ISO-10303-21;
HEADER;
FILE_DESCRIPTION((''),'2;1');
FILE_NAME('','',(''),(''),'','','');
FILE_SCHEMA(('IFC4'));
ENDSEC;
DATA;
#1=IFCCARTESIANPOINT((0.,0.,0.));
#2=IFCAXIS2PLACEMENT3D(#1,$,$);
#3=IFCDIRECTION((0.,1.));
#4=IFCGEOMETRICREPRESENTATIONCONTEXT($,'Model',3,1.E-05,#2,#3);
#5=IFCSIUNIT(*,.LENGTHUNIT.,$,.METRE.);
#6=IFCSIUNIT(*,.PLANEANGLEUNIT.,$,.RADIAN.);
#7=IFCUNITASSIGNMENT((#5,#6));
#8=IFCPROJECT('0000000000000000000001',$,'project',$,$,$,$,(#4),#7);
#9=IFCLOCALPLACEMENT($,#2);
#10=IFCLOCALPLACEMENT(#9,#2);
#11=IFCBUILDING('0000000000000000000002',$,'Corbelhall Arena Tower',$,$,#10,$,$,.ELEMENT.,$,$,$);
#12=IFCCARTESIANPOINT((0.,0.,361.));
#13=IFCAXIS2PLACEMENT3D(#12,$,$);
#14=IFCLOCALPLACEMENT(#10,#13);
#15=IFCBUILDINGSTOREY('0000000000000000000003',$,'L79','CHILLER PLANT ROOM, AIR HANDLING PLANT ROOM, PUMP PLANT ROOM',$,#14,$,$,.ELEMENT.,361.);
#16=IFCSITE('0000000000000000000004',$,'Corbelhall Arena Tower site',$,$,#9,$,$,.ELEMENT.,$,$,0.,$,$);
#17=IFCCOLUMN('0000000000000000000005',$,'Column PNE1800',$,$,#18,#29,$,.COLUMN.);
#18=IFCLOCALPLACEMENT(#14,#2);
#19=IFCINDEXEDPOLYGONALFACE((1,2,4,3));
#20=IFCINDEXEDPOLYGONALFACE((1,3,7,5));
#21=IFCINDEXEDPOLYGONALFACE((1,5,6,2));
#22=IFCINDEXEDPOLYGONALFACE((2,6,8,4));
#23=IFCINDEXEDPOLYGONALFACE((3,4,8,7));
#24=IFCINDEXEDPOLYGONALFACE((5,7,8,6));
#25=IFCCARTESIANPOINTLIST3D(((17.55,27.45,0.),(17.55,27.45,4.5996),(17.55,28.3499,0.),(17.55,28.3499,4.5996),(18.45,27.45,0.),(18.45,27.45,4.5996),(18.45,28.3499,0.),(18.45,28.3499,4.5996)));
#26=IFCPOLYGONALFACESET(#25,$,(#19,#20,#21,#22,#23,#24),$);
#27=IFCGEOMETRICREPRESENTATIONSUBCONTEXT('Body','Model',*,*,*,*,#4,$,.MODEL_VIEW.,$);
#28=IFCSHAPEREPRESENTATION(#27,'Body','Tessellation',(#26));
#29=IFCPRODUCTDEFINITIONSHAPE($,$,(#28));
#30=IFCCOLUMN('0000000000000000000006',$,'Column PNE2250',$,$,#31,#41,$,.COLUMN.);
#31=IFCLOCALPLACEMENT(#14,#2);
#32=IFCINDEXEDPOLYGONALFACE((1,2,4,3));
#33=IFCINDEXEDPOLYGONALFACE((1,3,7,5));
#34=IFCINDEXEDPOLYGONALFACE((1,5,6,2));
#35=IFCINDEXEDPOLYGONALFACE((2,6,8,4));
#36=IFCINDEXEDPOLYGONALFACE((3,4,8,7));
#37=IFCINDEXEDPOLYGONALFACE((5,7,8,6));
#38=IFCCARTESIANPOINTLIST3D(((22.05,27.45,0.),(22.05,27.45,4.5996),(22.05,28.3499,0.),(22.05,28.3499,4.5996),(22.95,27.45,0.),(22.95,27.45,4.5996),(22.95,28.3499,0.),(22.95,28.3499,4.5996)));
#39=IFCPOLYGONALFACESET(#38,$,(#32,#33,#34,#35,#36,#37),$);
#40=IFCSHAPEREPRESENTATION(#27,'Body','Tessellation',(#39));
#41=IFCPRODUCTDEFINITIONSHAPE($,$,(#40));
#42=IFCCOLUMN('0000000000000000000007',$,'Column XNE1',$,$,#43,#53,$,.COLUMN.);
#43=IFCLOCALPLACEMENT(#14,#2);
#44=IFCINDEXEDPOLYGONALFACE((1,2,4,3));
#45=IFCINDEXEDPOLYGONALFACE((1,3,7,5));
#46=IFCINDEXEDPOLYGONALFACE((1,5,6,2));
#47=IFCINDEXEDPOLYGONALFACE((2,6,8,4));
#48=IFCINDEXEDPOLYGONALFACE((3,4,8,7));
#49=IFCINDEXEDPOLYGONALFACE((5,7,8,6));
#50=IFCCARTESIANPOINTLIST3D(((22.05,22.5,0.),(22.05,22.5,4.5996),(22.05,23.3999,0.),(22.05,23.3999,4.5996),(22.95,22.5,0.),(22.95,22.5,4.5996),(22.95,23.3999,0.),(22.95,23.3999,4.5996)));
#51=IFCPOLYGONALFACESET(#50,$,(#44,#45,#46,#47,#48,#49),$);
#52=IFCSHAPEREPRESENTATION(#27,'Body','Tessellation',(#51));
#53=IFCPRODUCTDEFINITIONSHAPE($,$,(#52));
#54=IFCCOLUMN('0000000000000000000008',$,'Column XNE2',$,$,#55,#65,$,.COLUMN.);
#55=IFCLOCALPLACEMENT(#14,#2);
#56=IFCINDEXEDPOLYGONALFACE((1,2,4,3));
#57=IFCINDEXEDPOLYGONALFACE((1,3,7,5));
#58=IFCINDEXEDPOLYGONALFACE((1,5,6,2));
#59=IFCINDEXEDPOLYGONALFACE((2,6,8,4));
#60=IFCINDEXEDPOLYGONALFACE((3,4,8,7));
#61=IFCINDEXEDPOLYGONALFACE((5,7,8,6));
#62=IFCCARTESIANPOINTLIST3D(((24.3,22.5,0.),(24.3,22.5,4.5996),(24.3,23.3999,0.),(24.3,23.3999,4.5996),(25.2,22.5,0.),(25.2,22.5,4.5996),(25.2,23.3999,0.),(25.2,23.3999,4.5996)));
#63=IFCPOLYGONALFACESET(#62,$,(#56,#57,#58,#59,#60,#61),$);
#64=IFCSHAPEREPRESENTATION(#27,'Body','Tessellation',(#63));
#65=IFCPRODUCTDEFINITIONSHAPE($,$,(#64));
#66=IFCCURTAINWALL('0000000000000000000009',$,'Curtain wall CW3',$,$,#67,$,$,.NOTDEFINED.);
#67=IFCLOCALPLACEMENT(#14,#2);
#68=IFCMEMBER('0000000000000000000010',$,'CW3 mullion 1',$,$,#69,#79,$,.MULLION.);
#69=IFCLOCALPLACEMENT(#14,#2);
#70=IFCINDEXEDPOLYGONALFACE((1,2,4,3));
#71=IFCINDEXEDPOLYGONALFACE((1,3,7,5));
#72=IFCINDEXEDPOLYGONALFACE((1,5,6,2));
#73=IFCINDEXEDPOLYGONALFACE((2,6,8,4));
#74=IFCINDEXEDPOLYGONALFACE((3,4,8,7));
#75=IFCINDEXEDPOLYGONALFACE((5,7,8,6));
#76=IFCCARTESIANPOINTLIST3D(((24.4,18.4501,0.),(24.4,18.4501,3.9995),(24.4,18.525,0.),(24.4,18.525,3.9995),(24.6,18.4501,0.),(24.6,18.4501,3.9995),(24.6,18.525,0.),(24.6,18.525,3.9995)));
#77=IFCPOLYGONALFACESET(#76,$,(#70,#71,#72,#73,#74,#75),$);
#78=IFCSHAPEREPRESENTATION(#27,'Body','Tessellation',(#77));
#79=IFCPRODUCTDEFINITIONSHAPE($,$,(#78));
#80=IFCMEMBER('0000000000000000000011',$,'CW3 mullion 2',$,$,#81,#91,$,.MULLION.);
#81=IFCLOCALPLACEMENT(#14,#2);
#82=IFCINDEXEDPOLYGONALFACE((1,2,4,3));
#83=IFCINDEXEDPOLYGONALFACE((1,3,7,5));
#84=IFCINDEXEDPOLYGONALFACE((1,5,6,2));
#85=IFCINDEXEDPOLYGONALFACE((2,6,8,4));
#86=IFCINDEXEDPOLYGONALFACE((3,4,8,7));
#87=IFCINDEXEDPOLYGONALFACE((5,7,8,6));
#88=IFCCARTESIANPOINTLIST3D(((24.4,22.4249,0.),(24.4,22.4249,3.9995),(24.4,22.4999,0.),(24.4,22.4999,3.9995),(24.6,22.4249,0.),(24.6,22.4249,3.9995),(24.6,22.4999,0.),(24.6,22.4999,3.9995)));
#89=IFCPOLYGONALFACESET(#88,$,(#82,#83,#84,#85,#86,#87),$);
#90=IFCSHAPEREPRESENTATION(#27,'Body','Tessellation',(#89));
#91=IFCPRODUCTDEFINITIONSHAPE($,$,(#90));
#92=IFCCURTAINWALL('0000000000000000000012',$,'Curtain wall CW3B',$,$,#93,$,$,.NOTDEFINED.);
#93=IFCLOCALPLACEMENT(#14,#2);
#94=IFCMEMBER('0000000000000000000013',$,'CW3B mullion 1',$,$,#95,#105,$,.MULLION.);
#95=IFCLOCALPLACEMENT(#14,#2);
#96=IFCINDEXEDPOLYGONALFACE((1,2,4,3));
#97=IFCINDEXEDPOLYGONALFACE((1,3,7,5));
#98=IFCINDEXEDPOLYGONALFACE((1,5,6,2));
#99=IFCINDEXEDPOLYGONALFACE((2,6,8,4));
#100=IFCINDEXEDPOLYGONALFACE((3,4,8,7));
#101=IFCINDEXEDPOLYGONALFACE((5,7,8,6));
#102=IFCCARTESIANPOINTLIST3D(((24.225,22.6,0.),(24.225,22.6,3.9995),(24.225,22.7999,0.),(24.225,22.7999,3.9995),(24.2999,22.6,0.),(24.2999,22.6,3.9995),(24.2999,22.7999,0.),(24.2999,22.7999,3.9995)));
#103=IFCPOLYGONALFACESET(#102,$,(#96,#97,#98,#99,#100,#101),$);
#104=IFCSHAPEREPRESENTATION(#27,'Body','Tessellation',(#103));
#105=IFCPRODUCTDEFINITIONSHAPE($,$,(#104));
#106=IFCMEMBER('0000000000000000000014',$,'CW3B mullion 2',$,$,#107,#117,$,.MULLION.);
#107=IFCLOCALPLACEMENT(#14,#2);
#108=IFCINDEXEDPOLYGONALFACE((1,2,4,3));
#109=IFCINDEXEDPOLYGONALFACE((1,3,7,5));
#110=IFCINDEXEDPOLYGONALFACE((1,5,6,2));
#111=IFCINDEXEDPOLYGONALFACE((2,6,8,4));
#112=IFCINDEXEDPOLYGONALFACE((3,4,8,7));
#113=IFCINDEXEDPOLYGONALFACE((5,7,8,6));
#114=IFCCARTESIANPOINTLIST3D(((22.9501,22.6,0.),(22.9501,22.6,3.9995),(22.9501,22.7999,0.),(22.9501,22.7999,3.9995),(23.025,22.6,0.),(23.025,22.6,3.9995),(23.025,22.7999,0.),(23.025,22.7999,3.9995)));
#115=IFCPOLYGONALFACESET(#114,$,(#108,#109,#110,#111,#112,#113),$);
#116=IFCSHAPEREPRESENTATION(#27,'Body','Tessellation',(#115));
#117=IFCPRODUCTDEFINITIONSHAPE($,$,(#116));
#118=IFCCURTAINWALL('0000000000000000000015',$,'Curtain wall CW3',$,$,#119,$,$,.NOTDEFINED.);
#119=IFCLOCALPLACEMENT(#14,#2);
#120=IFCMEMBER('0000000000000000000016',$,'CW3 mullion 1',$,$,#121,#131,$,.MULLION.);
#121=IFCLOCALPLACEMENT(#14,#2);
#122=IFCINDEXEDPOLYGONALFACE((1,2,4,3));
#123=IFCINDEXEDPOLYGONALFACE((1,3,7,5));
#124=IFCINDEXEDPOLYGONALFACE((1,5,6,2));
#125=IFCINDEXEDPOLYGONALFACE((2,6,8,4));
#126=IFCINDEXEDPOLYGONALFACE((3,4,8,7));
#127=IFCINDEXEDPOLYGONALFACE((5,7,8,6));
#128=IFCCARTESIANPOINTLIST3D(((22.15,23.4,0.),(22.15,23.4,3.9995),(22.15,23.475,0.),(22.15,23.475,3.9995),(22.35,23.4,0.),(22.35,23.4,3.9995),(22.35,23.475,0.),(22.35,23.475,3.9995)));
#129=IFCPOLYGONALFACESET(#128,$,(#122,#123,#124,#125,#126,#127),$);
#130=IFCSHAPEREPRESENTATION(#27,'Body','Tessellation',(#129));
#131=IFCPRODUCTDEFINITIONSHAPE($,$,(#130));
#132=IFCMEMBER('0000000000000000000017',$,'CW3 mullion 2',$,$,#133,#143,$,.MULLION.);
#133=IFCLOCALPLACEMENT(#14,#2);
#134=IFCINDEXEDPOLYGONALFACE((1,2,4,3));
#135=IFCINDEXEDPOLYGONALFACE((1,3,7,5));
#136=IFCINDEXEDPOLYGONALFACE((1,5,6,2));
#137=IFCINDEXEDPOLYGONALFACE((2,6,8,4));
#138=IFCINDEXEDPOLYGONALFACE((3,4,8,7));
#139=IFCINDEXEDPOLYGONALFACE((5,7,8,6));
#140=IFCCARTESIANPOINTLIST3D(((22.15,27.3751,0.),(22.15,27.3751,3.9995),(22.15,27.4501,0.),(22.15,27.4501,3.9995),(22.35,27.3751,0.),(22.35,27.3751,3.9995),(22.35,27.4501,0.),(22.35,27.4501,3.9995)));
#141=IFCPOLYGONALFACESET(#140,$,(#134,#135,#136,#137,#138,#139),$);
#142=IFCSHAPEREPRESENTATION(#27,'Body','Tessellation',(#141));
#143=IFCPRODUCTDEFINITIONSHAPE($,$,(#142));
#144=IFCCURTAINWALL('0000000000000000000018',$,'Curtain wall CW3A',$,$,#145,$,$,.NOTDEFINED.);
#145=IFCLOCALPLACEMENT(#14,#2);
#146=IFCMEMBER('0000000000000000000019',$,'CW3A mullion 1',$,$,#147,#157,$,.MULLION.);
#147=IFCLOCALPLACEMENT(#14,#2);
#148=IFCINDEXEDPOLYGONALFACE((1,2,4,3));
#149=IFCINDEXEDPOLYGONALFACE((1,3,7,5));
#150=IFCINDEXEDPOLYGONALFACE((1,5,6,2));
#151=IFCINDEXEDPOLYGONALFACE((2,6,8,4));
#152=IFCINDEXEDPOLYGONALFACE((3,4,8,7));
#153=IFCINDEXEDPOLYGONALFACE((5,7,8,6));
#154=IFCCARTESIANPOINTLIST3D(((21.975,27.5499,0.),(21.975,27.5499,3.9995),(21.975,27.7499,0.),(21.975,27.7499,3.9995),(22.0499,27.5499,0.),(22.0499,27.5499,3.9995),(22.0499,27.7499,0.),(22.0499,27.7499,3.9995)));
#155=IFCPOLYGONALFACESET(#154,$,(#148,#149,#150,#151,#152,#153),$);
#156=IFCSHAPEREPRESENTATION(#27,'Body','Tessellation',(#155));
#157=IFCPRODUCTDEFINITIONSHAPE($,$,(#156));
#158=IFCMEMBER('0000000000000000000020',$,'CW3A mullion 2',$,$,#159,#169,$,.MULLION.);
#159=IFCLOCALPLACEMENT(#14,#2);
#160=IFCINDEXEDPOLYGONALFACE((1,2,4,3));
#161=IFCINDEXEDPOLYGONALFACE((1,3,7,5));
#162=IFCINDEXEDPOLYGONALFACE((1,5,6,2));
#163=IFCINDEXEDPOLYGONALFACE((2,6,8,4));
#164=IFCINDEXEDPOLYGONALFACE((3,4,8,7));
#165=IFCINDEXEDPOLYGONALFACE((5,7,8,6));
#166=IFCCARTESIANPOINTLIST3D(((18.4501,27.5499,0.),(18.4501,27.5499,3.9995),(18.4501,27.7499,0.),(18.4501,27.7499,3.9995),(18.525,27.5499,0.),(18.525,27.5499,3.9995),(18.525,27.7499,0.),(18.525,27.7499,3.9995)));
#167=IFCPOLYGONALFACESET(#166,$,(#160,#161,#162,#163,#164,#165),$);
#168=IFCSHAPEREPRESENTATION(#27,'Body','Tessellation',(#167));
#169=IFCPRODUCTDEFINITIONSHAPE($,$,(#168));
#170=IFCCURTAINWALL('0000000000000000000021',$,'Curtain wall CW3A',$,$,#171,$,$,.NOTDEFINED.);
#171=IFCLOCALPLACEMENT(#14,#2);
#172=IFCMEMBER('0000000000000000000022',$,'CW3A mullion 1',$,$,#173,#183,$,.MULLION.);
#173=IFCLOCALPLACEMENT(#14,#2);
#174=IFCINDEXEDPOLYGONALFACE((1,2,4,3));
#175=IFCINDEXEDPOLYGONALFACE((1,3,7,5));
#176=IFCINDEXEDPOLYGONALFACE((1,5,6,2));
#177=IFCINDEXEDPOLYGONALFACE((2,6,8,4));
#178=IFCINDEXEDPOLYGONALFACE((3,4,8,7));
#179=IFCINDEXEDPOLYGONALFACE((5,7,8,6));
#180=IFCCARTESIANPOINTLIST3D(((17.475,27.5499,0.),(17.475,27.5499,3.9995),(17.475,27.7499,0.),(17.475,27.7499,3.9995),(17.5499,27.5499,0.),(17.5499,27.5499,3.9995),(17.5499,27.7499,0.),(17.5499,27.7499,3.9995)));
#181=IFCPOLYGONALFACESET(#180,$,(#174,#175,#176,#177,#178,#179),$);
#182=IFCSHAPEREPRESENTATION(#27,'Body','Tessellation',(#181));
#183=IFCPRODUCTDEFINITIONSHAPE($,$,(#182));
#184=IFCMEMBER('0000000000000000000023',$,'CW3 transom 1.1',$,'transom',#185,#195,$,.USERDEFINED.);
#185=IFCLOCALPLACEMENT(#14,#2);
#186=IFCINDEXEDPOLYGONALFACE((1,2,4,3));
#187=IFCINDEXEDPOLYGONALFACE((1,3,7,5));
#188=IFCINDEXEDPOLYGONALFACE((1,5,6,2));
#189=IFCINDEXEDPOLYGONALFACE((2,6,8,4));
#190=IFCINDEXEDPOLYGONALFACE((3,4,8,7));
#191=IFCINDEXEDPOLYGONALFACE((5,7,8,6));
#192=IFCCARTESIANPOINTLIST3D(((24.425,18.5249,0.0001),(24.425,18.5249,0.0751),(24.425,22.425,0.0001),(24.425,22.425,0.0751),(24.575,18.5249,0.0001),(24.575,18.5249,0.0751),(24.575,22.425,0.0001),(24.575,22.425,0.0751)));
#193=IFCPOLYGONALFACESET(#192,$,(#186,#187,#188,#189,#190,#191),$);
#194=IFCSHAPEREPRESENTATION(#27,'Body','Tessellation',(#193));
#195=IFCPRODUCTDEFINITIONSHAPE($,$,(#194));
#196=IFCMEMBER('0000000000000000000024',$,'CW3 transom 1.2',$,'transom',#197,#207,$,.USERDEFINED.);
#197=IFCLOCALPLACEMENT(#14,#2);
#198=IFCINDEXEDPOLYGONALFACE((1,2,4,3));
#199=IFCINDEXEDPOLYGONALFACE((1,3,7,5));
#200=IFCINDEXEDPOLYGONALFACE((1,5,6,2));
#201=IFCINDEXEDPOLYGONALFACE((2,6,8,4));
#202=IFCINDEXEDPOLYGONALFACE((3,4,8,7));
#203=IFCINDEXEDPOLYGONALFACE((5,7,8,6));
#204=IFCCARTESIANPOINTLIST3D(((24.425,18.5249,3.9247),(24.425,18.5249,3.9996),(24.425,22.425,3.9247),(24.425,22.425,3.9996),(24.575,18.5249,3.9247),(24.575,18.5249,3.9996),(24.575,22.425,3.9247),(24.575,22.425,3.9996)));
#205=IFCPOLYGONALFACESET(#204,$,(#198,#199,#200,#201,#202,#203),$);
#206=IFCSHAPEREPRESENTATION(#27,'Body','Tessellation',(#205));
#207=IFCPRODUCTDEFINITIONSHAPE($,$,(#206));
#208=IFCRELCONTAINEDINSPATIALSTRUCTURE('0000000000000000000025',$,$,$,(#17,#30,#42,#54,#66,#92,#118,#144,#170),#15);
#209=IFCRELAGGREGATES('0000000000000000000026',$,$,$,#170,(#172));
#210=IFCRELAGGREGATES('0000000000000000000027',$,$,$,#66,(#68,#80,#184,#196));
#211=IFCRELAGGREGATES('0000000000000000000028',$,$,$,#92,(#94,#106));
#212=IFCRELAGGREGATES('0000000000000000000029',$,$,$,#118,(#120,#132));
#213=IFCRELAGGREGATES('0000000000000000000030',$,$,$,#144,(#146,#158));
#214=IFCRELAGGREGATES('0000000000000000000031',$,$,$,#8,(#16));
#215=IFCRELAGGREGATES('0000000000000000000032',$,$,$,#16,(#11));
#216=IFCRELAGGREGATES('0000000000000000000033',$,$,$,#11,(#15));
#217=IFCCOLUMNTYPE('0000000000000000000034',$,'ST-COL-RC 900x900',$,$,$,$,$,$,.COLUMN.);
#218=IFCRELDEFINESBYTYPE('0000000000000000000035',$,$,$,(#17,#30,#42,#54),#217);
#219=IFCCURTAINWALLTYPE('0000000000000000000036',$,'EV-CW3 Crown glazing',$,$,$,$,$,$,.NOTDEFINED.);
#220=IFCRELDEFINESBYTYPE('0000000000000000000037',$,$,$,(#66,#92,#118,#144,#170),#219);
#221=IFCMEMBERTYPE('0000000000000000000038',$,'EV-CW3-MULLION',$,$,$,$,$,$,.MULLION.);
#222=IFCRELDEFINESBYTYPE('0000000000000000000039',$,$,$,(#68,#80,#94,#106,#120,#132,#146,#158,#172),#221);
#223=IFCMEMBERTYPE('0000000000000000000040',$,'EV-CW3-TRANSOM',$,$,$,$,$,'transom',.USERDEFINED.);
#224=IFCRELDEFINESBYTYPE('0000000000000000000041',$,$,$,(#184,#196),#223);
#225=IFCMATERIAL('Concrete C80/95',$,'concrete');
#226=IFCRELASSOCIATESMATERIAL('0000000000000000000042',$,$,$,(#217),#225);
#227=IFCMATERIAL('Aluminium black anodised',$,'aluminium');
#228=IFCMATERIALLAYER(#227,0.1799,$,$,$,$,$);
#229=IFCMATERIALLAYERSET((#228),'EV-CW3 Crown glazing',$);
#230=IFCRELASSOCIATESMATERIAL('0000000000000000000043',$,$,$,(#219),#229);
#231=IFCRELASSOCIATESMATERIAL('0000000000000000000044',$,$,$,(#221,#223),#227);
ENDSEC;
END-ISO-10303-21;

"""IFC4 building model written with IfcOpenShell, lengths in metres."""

from ifc_helpers import new_model, si_unit, direction, frame, origin, origin_2d, place, context, subcontext, project, spatial, rectangle, extrude, material, layer, layer_set, material_profile, profile_set, type_object, element, aggregate, save


model = new_model("IFC4")

# Units and contexts
model_context = context("Model", 3, precision=1e-05, world=origin(), true_north=direction((0.0, 1.0)))
body_context = subcontext(model_context, "Body", "Model", "MODEL_VIEW")
ifc_project = project(units=[si_unit("LENGTHUNIT", "METRE"), si_unit("PLANEANGLEUNIT", "RADIAN")], contexts=[model_context])

# Site, building, storey
site_placement = place(None, origin())
site = spatial("IfcSite", under=ifc_project, at=site_placement, Name="Corbelhall Arena Tower site", CompositionType="ELEMENT", RefElevation=0.0)
building_placement = place(site_placement, origin())
building = spatial("IfcBuilding", under=site, at=building_placement, Name="Corbelhall Arena Tower", CompositionType="ELEMENT")
storey_placement = place(building_placement, frame((0.0, 0.0, 361.0)))
storey = spatial("IfcBuildingStorey", under=building, at=storey_placement, Name="L79", Description="CHILLER PLANT ROOM, AIR HANDLING PLANT ROOM, PUMP PLANT ROOM", CompositionType="ELEMENT", Elevation=361.0)

# Columns
ifc_material_1 = material(Name="Concrete C80/95", Category="concrete")
ifc_material_profile_1 = material_profile(ifc_material_1, rectangle(XDim=0.8999, YDim=0.8999, at=origin_2d()))
ifc_profile_set_1 = profile_set([ifc_material_profile_1], Name="Concrete C80/95")
column_type = type_object("IfcColumnType", Name="ST-COL-RC 900x900", PredefinedType="COLUMN", material=ifc_profile_set_1)
for number, where, z_axis, x_axis, name in (
    (1, (18.0, 27.8999, 0.0), (0.0, 0.0, 1.0), (1.0, 0.0, 0.0), "Column PNE1800"),
    (2, (22.5, 27.8999, 0.0), (0.0, 0.0, 1.0), (1.0, 0.0, 0.0), "Column PNE2250"),
    (3, (22.5, 22.95, 0.0), (0.0, 0.0, 1.0), (1.0, 0.0, 0.0), "Column XNE1"),
    (4, (24.75, 22.95, 0.0), (0.0, 0.0, 1.0), (1.0, 0.0, 0.0), "Column XNE2"),
):
    element("IfcColumn", number, at=place(storey_placement, frame(where, z_axis=z_axis, x_axis=x_axis)), inside=storey, type_object=column_type, Name=name, PredefinedType="COLUMN", context=body_context, shape_type="SweptSolid", body=[
        extrude(rectangle(XDim=0.8999, YDim=0.8999, at=origin_2d()), origin(), (0.0, 0.0, 1.0), 4.5996),
    ])

# Curtain walls, members
ifc_material_2 = material(Name="Aluminium black anodised", Category="aluminium")
ifc_layer_1 = layer(ifc_material_2, 0.1799)
ifc_layer_set_1 = layer_set([ifc_layer_1], Name="EV-CW3 Crown glazing")
curtain_wall_type = type_object("IfcCurtainWallType", Name="EV-CW3 Crown glazing", PredefinedType="NOTDEFINED", material=ifc_layer_set_1)
curtain_wall_1_placement = place(storey_placement, origin())
curtain_wall_1 = element("IfcCurtainWall", 5, at=curtain_wall_1_placement, inside=storey, type_object=curtain_wall_type, Name="Curtain wall CW3", PredefinedType="NOTDEFINED")
ifc_material_profile_2 = material_profile(ifc_material_2, rectangle(XDim=0.2, YDim=0.075, at=origin_2d()))
ifc_profile_set_2 = profile_set([ifc_material_profile_2], Name="Aluminium black anodised")
member_type_1 = type_object("IfcMemberType", Name="EV-CW3-MULLION", PredefinedType="MULLION", material=ifc_profile_set_2)
member_1_placement = place(storey_placement, frame((24.5, 18.4875, 0.0), z_axis=(0.0, 0.0, 1.0), x_axis=(-1.0, 0.0, 0.0)))
member_1 = element("IfcMember", 6, at=member_1_placement, type_object=member_type_1, Name="CW3 mullion 1", PredefinedType="MULLION", context=body_context, shape_type="SweptSolid", body=[
    extrude(rectangle(XDim=0.2, YDim=0.075, at=origin_2d()), origin(), (0.0, 0.0, 1.0), 3.9995),
])
member_2_placement = place(storey_placement, frame((24.5, 22.4624, 0.0), z_axis=(0.0, 0.0, 1.0), x_axis=(-1.0, 0.0, 0.0)))
member_2 = element("IfcMember", 7, at=member_2_placement, type_object=member_type_1, Name="CW3 mullion 2", PredefinedType="MULLION", context=body_context, shape_type="SweptSolid", body=[
    extrude(rectangle(XDim=0.2, YDim=0.075, at=origin_2d()), origin(), (0.0, 0.0, 1.0), 3.9995),
])
curtain_wall_2_placement = place(storey_placement, origin())
curtain_wall_2 = element("IfcCurtainWall", 8, at=curtain_wall_2_placement, inside=storey, type_object=curtain_wall_type, Name="Curtain wall CW3B", PredefinedType="NOTDEFINED")
member_3_placement = place(storey_placement, frame((24.2625, 22.7, 0.0), z_axis=(0.0, 0.0, 1.0), x_axis=(0.0, -1.0, 0.0)))
member_3 = element("IfcMember", 9, at=member_3_placement, type_object=member_type_1, Name="CW3B mullion 1", PredefinedType="MULLION", context=body_context, shape_type="SweptSolid", body=[
    extrude(rectangle(XDim=0.2, YDim=0.075, at=origin_2d()), origin(), (0.0, 0.0, 1.0), 3.9995),
])
member_4_placement = place(storey_placement, frame((22.9875, 22.7, 0.0), z_axis=(0.0, 0.0, 1.0), x_axis=(0.0, -1.0, 0.0)))
member_4 = element("IfcMember", 10, at=member_4_placement, type_object=member_type_1, Name="CW3B mullion 2", PredefinedType="MULLION", context=body_context, shape_type="SweptSolid", body=[
    extrude(rectangle(XDim=0.2, YDim=0.075, at=origin_2d()), origin(), (0.0, 0.0, 1.0), 3.9995),
])
curtain_wall_3_placement = place(storey_placement, origin())
curtain_wall_3 = element("IfcCurtainWall", 11, at=curtain_wall_3_placement, inside=storey, type_object=curtain_wall_type, Name="Curtain wall CW3", PredefinedType="NOTDEFINED")
member_5_placement = place(storey_placement, frame((22.25, 23.4375, 0.0), z_axis=(0.0, 0.0, 1.0), x_axis=(-1.0, 0.0, 0.0)))
member_5 = element("IfcMember", 12, at=member_5_placement, type_object=member_type_1, Name="CW3 mullion 1", PredefinedType="MULLION", context=body_context, shape_type="SweptSolid", body=[
    extrude(rectangle(XDim=0.2, YDim=0.075, at=origin_2d()), origin(), (0.0, 0.0, 1.0), 3.9995),
])
member_6_placement = place(storey_placement, frame((22.25, 27.4126, 0.0), z_axis=(0.0, 0.0, 1.0), x_axis=(-1.0, 0.0, 0.0)))
member_6 = element("IfcMember", 13, at=member_6_placement, type_object=member_type_1, Name="CW3 mullion 2", PredefinedType="MULLION", context=body_context, shape_type="SweptSolid", body=[
    extrude(rectangle(XDim=0.2, YDim=0.075, at=origin_2d()), origin(), (0.0, 0.0, 1.0), 3.9995),
])
curtain_wall_4_placement = place(storey_placement, origin())
curtain_wall_4 = element("IfcCurtainWall", 14, at=curtain_wall_4_placement, inside=storey, type_object=curtain_wall_type, Name="Curtain wall CW3A", PredefinedType="NOTDEFINED")
member_7_placement = place(storey_placement, frame((22.0125, 27.6499, 0.0), z_axis=(0.0, 0.0, 1.0), x_axis=(0.0, -1.0, 0.0)))
member_7 = element("IfcMember", 15, at=member_7_placement, type_object=member_type_1, Name="CW3A mullion 1", PredefinedType="MULLION", context=body_context, shape_type="SweptSolid", body=[
    extrude(rectangle(XDim=0.2, YDim=0.075, at=origin_2d()), origin(), (0.0, 0.0, 1.0), 3.9995),
])
member_8_placement = place(storey_placement, frame((18.4875, 27.6499, 0.0), z_axis=(0.0, 0.0, 1.0), x_axis=(0.0, -1.0, 0.0)))
member_8 = element("IfcMember", 16, at=member_8_placement, type_object=member_type_1, Name="CW3A mullion 2", PredefinedType="MULLION", context=body_context, shape_type="SweptSolid", body=[
    extrude(rectangle(XDim=0.2, YDim=0.075, at=origin_2d()), origin(), (0.0, 0.0, 1.0), 3.9995),
])

# Curtain wall, member
curtain_wall_5_placement = place(storey_placement, origin())
curtain_wall_5 = element("IfcCurtainWall", 17, at=curtain_wall_5_placement, inside=storey, type_object=curtain_wall_type, Name="Curtain wall CW3A", PredefinedType="NOTDEFINED")
member_9_placement = place(storey_placement, frame((17.5125, 27.6499, 0.0), z_axis=(0.0, 0.0, 1.0), x_axis=(0.0, -1.0, 0.0)))
member_9 = element("IfcMember", 18, at=member_9_placement, type_object=member_type_1, Name="CW3A mullion 1", PredefinedType="MULLION", context=body_context, shape_type="SweptSolid", body=[
    extrude(rectangle(XDim=0.2, YDim=0.075, at=origin_2d()), origin(), (0.0, 0.0, 1.0), 3.9995),
])

# Members
ifc_material_profile_3 = material_profile(ifc_material_2, rectangle(XDim=0.1499, YDim=0.075, at=origin_2d()))
ifc_profile_set_3 = profile_set([ifc_material_profile_3], Name="Aluminium black anodised")
member_type_2 = type_object("IfcMemberType", Name="EV-CW3-TRANSOM", ElementType="transom", PredefinedType="USERDEFINED", material=ifc_profile_set_3)
member_10_placement = place(storey_placement, frame((24.5, 18.5249, 0.0376), z_axis=(0.0, 1.0, 0.0), x_axis=(-1.0, 0.0, 0.0)))
member_10 = element("IfcMember", 19, at=member_10_placement, type_object=member_type_2, Name="CW3 transom 1.1", ObjectType="transom", PredefinedType="USERDEFINED", context=body_context, shape_type="SweptSolid", body=[
    extrude(rectangle(XDim=0.1499, YDim=0.075, at=origin_2d()), origin(), (0.0, 0.0, 1.0), 3.9001),
])
member_11_placement = place(storey_placement, frame((24.5, 18.5249, 3.9622), z_axis=(0.0, 1.0, 0.0), x_axis=(-1.0, 0.0, 0.0)))
member_11 = element("IfcMember", 20, at=member_11_placement, type_object=member_type_2, Name="CW3 transom 1.2", ObjectType="transom", PredefinedType="USERDEFINED", context=body_context, shape_type="SweptSolid", body=[
    extrude(rectangle(XDim=0.1499, YDim=0.075, at=origin_2d()), origin(), (0.0, 0.0, 1.0), 3.9001),
])
aggregate(curtain_wall_5, [member_9])

aggregate(curtain_wall_1, [member_1, member_2, member_10, member_11])
aggregate(curtain_wall_2, [member_3, member_4])
aggregate(curtain_wall_3, [member_5, member_6])
aggregate(curtain_wall_4, [member_7, member_8])

save(model, "model.ifc")
